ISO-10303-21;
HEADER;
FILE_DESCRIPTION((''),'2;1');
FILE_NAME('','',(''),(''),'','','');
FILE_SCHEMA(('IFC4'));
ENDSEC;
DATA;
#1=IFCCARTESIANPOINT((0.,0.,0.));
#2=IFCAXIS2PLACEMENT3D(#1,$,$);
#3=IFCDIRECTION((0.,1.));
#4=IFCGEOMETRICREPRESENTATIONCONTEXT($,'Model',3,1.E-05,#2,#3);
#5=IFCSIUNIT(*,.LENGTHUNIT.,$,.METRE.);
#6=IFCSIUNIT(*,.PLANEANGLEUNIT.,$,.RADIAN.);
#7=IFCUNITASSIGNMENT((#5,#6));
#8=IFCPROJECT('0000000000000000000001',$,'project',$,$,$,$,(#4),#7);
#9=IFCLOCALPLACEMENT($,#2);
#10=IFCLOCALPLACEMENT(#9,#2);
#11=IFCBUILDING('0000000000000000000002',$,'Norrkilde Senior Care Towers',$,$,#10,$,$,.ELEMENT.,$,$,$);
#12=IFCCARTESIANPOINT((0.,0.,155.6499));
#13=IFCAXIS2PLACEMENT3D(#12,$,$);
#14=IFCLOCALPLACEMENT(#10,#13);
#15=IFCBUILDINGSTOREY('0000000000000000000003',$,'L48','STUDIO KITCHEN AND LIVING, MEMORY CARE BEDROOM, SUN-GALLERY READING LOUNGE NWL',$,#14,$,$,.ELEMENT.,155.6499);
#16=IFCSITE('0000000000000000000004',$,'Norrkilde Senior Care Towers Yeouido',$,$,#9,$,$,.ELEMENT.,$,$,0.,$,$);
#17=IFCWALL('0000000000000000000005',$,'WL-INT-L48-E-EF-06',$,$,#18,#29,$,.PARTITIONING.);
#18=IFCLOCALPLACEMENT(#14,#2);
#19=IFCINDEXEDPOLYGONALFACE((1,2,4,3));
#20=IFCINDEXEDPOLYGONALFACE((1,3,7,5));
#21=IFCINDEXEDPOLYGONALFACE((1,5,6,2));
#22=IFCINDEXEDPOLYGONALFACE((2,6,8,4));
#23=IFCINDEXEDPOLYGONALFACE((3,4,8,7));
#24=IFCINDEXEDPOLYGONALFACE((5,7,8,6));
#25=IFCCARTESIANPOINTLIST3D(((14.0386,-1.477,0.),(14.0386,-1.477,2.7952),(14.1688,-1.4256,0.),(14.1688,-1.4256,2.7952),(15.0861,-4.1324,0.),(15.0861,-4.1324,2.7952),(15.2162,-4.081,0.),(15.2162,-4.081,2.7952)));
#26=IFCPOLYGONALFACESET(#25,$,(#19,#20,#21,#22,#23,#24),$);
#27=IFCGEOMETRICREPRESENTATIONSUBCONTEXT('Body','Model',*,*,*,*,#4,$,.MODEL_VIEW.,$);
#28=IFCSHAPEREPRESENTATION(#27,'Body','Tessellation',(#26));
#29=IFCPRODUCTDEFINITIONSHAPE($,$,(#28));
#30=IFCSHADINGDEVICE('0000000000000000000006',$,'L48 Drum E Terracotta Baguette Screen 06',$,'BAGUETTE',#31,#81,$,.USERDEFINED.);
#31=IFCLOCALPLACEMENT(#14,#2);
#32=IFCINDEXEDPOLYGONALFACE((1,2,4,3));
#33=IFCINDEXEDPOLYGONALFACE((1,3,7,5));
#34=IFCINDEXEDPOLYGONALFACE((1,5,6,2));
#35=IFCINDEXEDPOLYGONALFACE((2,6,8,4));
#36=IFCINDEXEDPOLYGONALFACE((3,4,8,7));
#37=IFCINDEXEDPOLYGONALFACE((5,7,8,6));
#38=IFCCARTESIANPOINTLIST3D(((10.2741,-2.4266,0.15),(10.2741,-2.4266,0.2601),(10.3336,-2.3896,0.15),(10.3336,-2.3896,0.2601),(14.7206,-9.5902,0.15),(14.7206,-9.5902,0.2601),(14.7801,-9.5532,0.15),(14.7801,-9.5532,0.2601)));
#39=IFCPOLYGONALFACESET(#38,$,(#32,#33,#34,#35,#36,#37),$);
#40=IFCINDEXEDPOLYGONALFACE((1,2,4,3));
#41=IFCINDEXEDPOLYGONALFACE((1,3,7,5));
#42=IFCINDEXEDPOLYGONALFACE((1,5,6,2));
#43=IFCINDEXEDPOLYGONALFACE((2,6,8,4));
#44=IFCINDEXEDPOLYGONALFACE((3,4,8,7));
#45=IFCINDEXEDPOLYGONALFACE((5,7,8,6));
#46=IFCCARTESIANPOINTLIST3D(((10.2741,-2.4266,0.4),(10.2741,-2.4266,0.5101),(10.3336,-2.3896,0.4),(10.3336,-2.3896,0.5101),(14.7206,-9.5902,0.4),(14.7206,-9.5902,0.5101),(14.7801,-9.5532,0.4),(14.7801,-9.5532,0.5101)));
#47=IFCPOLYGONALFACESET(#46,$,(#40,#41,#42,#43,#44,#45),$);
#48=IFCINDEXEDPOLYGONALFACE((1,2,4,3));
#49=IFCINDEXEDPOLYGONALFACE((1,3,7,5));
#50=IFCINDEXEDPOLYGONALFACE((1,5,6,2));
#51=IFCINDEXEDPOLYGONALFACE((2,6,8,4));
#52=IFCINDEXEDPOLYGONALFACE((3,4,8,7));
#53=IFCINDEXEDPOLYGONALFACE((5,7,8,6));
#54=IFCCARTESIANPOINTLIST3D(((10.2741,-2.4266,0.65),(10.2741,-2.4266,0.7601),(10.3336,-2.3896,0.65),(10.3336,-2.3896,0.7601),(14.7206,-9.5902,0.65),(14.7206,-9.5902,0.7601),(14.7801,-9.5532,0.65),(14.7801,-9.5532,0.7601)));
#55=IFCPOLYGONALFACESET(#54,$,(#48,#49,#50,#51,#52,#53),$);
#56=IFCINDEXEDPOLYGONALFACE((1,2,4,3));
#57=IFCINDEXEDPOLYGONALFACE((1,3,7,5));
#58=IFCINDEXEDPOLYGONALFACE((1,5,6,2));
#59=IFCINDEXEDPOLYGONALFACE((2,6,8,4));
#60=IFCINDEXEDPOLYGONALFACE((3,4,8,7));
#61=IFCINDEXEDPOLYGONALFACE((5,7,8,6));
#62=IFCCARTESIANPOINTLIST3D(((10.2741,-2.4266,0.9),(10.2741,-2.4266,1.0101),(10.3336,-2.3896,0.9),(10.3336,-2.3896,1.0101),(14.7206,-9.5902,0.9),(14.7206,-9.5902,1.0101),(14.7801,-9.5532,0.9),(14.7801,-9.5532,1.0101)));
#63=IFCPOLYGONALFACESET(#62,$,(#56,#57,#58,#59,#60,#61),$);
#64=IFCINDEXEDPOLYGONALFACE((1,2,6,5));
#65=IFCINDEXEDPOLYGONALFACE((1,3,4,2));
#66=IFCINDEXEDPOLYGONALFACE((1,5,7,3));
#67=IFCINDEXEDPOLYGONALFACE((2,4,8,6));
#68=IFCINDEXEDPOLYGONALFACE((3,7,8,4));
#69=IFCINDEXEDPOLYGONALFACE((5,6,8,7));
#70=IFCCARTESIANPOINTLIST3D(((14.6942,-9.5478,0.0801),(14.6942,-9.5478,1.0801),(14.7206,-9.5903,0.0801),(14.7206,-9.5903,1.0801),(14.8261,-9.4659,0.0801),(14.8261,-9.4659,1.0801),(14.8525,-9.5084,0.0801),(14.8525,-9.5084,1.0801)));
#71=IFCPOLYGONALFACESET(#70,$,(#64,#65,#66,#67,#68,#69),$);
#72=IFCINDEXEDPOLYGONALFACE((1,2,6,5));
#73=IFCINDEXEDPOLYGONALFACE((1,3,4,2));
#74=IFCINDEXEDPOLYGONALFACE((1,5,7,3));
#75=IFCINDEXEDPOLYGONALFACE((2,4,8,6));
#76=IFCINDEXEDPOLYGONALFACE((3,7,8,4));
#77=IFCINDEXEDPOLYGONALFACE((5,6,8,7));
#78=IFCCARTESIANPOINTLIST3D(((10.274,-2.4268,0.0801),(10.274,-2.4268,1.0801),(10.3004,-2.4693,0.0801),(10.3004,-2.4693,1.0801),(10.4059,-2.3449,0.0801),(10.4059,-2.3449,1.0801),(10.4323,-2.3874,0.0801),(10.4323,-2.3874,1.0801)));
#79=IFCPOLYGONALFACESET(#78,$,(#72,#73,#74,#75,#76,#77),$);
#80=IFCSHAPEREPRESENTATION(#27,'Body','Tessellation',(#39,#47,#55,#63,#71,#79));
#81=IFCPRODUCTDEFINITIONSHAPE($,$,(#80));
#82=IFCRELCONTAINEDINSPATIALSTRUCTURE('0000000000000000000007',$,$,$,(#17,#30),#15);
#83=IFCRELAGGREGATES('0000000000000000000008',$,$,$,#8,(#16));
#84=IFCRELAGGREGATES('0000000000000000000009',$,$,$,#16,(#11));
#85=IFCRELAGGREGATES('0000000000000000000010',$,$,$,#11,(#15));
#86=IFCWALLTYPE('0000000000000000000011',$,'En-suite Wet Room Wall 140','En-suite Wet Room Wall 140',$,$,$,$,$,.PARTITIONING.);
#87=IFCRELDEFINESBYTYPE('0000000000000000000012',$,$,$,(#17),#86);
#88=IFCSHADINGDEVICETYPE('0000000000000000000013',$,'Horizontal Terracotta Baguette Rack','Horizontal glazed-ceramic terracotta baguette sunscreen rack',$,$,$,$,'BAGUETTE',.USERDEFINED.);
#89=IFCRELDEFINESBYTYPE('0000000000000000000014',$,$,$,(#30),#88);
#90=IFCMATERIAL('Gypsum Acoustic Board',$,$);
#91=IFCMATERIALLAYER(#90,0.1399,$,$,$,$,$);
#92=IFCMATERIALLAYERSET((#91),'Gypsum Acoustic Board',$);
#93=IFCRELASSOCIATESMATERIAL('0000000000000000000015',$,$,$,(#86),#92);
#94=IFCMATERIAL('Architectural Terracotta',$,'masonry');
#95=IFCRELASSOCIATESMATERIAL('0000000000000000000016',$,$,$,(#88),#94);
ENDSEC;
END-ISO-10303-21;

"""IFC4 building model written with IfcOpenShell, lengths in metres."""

from ifc_helpers import new_model, si_unit, direction, frame, frame_2d, origin, origin_2d, place, context, subcontext, project, spatial, rectangle, extrude, source, transform, mapped, material, layer, layer_set, type_object, type_shapes, element, save


model = new_model("IFC4")

# Units and contexts
model_context = context("Model", 3, precision=1e-05, world=origin(), true_north=direction((0.0, 1.0)))
body_context = subcontext(model_context, "Body", "Model", "MODEL_VIEW")
ifc_project = project(units=[si_unit("LENGTHUNIT", "METRE"), si_unit("PLANEANGLEUNIT", "RADIAN")], contexts=[model_context])

# Site, building, storey
site_placement = place(None, origin())
site = spatial("IfcSite", under=ifc_project, at=site_placement, Name="Norrkilde Senior Care Towers Yeouido", CompositionType="ELEMENT", RefElevation=0.0)
building_placement = place(site_placement, origin())
building = spatial("IfcBuilding", under=site, at=building_placement, Name="Norrkilde Senior Care Towers", CompositionType="ELEMENT")
storey_placement = place(building_placement, frame((0.0, 0.0, 155.6499)))
storey = spatial("IfcBuildingStorey", under=building, at=storey_placement, Name="L48", Description="STUDIO KITCHEN AND LIVING, MEMORY CARE BEDROOM, SUN-GALLERY READING LOUNGE NWL", CompositionType="ELEMENT", Elevation=155.6499)

# Shared definitions
ifc_material_1 = material(Name="Gypsum Acoustic Board")

# Shared definitions
ifc_layer_1 = layer(ifc_material_1, 0.1399)
ifc_layer_set_1 = layer_set([ifc_layer_1], Name="Gypsum Acoustic Board")
wall_type_1 = type_object("IfcWallType", Name="En-suite Wet Room Wall 140", Description="En-suite Wet Room Wall 140", PredefinedType="PARTITIONING", material=ifc_layer_set_1)

# Wall
shared_shape_1 = source(origin(), body_context, "Body", "SweptSolid", [
    extrude(rectangle(XDim=2.8545, YDim=0.1399, at=frame_2d((1.4272, 0.0))), origin(), (0.0, 0.0, 1.0), 2.7952),
])
wall_1_placement = place(storey_placement, frame((15.1511, -4.1067, 0.0), z_axis=(0.0, 0.0, 1.0), x_axis=(-0.366933, 0.930247, 0.0)))
element("IfcWall", 1, at=wall_1_placement, inside=storey, type_object=wall_type_1, Name="WL-INT-L48-E-EF-06", PredefinedType="PARTITIONING", context=body_context, shape_type="MappedRepresentation", body=[
    mapped(shared_shape_1, transform((0.0, 0.0, 0.0), x_axis=(1.0, 0.0, 0.0), y_axis=(0.0, 1.0, 0.0), z_axis=(0.0, 0.0, 1.0), scale=1.0)),
])

# Shading device
ifc_material_2 = material(Name="Architectural Terracotta", Category="masonry")
shading_device_type = type_object("IfcShadingDeviceType", Name="Horizontal Terracotta Baguette Rack", Description="Horizontal glazed-ceramic terracotta baguette sunscreen rack", ElementType="BAGUETTE", PredefinedType="USERDEFINED", material=ifc_material_2)
shared_shape_2 = source(origin(), body_context, "Body", "SweptSolid", [
    extrude(rectangle(XDim=0.0701, YDim=0.1101, at=origin_2d()), frame((0.0, 0.0901, 0.125), z_axis=(1.0, 0.0, 0.0), x_axis=(0.0, 1.0, 0.0)), (0.0, 0.0, 1.0), 8.4314),
    extrude(rectangle(XDim=0.0701, YDim=0.1101, at=origin_2d()), frame((0.0, 0.0901, 0.375), z_axis=(1.0, 0.0, 0.0), x_axis=(0.0, 1.0, 0.0)), (0.0, 0.0, 1.0), 8.4314),
    extrude(rectangle(XDim=0.0701, YDim=0.1101, at=origin_2d()), frame((0.0, 0.0901, 0.625), z_axis=(1.0, 0.0, 0.0), x_axis=(0.0, 1.0, 0.0)), (0.0, 0.0, 1.0), 8.4314),
    extrude(rectangle(XDim=0.0701, YDim=0.1101, at=origin_2d()), frame((0.0, 0.0901, 0.875), z_axis=(1.0, 0.0, 0.0), x_axis=(0.0, 1.0, 0.0)), (0.0, 0.0, 1.0), 8.4314),
    extrude(rectangle(XDim=0.05, YDim=0.1553, at=origin_2d()), frame((0.0249, 0.0476, 0.0)), (0.0, 0.0, 1.0), 1.0),
    extrude(rectangle(XDim=0.05, YDim=0.1553, at=origin_2d()), frame((8.4062, 0.0476, 0.0)), (0.0, 0.0, 1.0), 1.0),
])
type_shapes(shading_device_type, [shared_shape_2])
shading_device_placement = place(storey_placement, frame((14.8269, -9.5242, 0.0801), z_axis=(0.0, 0.0, 1.0), x_axis=(-0.527378, 0.849631, 0.0)))
element("IfcShadingDevice", 2, at=shading_device_placement, inside=storey, type_object=shading_device_type, Name="L48 Drum E Terracotta Baguette Screen 06", ObjectType="BAGUETTE", PredefinedType="USERDEFINED", context=body_context, shape_type="MappedRepresentation", body=[
    mapped(shared_shape_2, transform((0.0, 0.0, 0.0), x_axis=(1.0, 0.0, 0.0), y_axis=(0.0, 1.0, 0.0), z_axis=(0.0, 0.0, 1.0), scale=1.0)),
])

save(model, "model.ifc")
